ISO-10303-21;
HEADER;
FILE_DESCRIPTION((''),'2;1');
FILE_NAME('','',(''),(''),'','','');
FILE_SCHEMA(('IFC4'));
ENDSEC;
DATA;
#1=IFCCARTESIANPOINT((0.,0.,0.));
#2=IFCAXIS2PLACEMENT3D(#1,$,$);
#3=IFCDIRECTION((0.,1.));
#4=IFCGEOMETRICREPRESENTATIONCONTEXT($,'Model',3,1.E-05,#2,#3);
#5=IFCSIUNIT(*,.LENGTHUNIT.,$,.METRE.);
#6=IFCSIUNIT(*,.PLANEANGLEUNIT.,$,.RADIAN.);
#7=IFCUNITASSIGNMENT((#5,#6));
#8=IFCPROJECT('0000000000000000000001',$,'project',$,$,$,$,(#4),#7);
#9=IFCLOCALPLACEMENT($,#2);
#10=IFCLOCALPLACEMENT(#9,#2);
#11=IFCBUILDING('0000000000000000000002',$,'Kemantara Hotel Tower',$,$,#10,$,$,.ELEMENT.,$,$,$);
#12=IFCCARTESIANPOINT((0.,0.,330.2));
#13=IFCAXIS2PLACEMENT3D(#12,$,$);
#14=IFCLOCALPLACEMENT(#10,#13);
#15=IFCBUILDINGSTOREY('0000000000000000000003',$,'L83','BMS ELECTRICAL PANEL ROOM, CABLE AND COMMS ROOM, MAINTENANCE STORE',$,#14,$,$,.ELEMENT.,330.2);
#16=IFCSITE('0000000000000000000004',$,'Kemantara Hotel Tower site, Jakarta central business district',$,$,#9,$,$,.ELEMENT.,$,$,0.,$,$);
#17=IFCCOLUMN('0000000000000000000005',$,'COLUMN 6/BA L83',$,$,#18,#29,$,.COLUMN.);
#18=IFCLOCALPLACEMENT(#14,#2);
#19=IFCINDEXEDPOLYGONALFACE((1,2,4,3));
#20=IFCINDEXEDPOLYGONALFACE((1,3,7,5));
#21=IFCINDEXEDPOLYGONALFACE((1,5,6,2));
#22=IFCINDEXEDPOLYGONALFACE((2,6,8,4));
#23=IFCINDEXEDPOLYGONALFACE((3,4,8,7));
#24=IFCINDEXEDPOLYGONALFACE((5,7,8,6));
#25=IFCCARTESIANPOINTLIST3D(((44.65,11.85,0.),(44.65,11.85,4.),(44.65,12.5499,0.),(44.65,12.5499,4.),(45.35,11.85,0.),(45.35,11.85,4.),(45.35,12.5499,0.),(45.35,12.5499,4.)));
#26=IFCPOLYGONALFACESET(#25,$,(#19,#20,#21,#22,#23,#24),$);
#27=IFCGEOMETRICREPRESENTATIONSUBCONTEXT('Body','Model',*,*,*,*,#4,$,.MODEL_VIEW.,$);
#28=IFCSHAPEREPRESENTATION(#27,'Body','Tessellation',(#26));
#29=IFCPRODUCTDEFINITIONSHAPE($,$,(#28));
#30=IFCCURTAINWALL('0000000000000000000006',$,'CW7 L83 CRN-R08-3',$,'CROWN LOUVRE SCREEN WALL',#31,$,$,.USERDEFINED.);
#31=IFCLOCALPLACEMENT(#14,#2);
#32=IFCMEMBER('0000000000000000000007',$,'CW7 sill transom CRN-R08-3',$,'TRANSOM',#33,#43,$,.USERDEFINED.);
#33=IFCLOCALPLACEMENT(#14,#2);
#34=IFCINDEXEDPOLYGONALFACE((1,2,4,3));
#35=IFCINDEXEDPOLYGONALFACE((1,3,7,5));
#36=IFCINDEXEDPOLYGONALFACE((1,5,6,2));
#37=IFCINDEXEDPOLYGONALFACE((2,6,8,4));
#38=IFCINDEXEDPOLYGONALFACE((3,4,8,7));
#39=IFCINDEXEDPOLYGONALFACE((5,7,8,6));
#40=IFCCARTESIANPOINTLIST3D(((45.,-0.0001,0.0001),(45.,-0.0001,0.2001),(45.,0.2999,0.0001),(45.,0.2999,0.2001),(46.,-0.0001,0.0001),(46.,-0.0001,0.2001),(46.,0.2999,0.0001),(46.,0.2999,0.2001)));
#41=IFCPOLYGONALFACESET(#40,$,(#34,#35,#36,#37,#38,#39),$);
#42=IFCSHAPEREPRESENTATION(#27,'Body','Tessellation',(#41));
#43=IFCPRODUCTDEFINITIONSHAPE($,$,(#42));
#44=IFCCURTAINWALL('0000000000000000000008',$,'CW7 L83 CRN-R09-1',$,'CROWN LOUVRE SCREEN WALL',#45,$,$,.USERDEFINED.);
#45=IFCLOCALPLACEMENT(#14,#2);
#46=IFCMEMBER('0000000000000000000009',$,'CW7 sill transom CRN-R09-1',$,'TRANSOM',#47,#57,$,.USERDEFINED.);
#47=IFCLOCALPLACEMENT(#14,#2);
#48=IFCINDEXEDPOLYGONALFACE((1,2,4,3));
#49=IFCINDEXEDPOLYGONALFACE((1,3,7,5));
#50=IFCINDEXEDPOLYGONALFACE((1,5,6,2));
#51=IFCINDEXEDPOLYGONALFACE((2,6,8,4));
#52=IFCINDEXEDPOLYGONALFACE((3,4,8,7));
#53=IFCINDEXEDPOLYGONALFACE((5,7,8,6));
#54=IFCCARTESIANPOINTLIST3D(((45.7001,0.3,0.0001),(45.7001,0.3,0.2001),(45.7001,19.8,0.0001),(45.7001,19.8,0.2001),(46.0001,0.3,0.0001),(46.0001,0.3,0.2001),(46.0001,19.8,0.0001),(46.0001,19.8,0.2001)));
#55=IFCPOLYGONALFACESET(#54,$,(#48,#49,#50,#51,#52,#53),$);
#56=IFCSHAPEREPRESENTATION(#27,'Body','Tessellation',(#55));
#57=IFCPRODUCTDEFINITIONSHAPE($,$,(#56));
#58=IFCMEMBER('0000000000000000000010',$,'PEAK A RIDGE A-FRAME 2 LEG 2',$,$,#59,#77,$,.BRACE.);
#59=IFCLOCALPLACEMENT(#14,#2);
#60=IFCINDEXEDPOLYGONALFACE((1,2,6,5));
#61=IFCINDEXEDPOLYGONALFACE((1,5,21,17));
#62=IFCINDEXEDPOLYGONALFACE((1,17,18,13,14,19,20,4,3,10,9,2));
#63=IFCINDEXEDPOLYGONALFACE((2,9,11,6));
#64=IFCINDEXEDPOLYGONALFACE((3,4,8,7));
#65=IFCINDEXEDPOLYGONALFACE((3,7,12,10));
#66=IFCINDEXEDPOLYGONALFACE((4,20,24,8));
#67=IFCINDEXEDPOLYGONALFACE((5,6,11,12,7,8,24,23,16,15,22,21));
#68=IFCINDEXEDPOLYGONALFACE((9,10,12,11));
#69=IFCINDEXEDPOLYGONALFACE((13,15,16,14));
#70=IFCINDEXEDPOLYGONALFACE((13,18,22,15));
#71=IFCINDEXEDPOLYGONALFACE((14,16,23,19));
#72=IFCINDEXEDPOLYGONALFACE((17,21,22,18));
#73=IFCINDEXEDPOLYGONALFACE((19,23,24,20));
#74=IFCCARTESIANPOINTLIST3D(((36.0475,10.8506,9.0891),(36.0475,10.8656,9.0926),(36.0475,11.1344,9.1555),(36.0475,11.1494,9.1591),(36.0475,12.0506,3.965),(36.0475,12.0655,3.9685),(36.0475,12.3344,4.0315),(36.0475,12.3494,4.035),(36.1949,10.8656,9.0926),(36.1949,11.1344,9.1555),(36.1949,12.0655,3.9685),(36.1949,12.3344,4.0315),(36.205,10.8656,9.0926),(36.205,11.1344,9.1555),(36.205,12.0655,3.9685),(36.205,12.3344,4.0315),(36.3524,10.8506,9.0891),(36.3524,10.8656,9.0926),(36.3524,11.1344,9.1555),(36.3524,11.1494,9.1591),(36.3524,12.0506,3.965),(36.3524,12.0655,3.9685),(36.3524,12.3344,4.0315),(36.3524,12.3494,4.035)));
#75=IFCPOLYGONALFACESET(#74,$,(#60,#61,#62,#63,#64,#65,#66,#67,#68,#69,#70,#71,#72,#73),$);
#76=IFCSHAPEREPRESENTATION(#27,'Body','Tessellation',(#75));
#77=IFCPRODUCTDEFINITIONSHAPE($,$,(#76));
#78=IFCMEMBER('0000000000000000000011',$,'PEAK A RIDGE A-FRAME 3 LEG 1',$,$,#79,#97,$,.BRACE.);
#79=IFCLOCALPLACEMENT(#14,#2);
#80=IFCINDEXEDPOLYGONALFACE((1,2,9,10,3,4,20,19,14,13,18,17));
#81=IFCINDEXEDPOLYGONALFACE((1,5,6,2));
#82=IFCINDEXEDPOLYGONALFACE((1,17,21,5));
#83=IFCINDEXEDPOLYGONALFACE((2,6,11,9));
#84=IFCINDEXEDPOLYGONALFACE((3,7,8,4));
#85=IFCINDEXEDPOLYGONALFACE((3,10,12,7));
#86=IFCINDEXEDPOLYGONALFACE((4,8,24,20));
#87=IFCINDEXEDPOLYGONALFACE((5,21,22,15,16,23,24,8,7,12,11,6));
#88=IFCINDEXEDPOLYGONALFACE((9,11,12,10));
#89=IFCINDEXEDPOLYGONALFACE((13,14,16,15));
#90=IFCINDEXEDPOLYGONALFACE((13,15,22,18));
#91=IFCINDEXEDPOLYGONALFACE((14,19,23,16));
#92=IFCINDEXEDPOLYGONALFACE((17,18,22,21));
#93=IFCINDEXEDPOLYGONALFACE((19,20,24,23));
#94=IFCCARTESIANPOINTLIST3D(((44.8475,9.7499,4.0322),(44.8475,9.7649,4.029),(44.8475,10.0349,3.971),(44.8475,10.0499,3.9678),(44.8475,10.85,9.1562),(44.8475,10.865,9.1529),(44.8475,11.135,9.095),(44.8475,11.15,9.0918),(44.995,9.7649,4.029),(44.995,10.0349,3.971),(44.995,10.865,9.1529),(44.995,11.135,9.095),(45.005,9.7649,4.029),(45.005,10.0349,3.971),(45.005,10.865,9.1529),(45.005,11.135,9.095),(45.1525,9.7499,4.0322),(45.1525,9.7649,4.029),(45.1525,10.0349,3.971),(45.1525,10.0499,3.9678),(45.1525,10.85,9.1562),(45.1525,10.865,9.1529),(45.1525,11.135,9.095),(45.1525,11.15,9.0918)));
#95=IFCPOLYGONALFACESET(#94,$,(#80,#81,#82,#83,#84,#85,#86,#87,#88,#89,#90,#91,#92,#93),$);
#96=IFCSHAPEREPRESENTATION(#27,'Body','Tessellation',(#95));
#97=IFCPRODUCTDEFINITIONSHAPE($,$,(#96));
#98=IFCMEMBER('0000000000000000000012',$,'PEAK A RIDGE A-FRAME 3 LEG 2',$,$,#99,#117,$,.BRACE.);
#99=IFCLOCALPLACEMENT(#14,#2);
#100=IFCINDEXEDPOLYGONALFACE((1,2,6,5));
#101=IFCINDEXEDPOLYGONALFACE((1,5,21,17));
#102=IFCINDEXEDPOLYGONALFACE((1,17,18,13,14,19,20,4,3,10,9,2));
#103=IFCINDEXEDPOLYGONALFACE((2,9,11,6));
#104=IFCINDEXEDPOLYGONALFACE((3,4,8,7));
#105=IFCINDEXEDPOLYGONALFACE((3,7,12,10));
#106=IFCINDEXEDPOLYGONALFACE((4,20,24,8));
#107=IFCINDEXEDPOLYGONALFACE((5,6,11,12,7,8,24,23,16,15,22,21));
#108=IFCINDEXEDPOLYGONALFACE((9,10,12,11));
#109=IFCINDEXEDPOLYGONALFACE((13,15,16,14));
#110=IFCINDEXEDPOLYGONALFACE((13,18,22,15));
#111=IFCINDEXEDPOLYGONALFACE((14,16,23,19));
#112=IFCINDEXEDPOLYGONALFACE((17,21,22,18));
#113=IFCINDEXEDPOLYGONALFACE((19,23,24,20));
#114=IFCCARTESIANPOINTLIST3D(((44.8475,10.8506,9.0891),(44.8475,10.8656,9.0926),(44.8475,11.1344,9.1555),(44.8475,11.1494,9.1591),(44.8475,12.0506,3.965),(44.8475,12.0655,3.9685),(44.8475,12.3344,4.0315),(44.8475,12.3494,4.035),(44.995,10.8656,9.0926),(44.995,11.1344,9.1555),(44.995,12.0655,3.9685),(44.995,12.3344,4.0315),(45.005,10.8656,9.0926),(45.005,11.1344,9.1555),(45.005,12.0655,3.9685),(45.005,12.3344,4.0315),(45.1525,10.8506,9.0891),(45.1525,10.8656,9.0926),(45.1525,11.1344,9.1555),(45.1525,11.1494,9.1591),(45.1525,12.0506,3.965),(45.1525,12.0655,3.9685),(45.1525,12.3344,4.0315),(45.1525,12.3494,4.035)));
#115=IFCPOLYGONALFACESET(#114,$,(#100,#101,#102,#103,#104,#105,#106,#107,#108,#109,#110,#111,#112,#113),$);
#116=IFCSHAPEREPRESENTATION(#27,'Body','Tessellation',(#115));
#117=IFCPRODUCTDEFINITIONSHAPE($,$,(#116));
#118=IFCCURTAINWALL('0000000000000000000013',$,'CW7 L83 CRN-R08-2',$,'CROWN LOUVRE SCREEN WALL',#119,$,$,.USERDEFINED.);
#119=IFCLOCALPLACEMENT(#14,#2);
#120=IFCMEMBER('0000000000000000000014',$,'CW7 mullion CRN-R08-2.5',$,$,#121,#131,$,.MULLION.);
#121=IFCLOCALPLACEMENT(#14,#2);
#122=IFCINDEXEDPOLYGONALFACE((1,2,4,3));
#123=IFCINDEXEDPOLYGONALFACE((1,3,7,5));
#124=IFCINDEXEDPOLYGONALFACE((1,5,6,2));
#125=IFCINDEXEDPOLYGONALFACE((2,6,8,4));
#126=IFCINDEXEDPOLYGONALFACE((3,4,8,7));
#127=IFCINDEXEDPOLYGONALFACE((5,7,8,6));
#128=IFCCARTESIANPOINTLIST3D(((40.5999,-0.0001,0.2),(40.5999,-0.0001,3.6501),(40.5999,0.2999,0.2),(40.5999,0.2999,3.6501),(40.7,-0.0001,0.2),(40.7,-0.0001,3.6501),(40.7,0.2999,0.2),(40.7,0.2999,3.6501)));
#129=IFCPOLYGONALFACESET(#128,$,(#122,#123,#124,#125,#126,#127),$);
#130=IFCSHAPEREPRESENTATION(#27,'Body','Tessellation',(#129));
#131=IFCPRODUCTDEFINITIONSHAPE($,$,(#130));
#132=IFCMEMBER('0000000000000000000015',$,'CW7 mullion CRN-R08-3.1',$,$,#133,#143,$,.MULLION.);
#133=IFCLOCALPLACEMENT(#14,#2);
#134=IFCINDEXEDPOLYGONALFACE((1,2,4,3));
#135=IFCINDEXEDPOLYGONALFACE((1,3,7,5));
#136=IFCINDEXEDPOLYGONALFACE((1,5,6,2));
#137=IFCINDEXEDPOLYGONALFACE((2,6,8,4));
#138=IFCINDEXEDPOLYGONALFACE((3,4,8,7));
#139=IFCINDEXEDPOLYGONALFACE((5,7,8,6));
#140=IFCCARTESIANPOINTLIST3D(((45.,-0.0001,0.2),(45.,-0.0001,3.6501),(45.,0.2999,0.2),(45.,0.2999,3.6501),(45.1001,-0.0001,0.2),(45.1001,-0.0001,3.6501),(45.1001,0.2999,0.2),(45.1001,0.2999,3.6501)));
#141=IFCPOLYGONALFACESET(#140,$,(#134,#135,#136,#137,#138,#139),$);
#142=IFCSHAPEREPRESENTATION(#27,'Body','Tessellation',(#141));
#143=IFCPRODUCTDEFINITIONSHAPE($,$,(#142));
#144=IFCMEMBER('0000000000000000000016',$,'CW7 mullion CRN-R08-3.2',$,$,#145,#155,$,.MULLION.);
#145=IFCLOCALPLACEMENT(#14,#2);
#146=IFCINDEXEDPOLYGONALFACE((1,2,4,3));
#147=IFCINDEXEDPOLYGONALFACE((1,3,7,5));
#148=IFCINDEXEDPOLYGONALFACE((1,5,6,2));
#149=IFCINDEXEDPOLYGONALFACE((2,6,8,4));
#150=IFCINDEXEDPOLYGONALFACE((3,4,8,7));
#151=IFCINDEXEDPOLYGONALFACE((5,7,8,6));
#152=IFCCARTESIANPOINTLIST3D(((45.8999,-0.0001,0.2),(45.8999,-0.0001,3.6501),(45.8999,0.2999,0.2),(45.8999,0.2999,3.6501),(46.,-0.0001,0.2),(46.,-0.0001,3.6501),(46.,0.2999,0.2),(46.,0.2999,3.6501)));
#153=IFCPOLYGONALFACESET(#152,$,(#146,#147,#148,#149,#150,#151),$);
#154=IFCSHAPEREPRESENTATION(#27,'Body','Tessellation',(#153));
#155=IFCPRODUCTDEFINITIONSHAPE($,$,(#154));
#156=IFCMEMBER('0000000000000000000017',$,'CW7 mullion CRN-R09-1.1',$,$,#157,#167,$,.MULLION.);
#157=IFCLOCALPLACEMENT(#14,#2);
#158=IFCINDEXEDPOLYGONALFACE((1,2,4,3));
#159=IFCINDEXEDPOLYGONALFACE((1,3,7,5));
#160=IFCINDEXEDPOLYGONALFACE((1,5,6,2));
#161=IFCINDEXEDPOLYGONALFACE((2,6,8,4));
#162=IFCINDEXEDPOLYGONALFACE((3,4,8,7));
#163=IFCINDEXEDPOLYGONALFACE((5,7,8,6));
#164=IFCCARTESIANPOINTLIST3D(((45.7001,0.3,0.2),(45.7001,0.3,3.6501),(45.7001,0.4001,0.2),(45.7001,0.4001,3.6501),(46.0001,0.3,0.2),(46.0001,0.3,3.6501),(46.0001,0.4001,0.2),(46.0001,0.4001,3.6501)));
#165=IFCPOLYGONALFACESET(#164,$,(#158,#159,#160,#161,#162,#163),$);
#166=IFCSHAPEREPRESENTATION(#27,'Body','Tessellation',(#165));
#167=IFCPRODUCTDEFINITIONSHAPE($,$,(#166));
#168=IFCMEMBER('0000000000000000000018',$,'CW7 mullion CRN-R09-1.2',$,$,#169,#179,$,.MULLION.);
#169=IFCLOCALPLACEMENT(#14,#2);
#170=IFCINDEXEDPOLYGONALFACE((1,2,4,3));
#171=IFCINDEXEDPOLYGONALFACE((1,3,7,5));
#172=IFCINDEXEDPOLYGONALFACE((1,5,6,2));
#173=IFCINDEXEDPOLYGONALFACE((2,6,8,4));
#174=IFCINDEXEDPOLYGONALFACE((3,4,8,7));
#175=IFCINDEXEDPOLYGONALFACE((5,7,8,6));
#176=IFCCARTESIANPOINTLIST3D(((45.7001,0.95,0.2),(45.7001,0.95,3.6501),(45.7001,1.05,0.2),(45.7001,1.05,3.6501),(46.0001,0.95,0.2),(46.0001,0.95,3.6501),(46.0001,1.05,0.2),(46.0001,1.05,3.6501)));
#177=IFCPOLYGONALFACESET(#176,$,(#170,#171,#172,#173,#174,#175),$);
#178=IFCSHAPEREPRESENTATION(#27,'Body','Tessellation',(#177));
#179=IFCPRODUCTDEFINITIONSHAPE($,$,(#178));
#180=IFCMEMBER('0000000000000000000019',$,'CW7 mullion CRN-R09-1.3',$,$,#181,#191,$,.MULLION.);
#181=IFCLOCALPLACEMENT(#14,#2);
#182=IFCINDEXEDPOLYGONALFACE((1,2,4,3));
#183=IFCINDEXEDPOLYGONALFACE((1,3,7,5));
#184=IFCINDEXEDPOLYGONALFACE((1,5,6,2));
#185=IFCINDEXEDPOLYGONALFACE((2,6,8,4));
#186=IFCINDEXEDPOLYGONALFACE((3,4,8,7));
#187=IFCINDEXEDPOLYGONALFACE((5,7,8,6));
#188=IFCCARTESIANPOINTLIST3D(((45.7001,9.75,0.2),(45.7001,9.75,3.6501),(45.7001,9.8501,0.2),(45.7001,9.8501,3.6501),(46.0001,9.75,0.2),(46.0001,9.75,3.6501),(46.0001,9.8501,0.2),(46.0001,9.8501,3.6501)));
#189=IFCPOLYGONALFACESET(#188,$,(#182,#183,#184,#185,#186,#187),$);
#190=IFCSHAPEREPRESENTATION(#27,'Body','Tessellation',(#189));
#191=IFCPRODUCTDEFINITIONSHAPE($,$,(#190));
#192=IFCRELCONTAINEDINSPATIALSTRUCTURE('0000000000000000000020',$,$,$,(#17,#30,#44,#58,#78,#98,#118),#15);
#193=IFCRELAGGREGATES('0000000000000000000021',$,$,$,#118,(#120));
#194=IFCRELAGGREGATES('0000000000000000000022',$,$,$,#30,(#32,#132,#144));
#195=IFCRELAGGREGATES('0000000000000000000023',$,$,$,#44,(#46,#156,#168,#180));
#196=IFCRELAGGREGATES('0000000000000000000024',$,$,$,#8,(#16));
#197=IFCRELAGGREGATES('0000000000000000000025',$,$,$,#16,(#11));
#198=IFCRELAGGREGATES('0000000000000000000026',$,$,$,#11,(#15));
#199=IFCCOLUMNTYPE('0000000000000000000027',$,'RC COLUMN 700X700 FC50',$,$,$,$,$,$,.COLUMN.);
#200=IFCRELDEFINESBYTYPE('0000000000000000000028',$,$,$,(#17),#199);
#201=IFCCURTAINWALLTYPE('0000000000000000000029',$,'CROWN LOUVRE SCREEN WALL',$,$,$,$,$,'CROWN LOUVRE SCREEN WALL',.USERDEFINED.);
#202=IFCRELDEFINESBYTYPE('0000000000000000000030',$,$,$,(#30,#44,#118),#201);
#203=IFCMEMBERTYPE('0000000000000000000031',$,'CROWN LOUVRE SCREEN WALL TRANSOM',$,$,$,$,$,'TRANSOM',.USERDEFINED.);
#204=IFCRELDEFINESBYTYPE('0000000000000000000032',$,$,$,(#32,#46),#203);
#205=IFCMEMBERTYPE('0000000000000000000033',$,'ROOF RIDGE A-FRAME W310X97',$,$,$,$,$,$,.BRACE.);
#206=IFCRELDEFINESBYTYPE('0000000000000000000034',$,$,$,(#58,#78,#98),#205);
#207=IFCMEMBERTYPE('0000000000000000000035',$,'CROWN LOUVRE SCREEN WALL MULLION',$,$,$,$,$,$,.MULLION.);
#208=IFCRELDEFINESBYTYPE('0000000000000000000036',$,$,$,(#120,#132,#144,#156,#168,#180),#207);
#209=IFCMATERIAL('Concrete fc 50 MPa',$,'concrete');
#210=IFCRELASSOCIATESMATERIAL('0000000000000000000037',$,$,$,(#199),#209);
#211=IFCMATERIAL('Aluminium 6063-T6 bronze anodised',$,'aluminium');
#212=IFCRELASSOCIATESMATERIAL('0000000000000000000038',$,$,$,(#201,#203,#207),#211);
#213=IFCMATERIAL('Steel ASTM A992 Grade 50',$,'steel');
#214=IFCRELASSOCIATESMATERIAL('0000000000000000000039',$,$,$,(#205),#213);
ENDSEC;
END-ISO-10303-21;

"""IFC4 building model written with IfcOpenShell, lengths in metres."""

from ifc_helpers import new_model, si_unit, direction, frame, origin, origin_2d, place, context, subcontext, project, spatial, rectangle, i_section, extrude, source, transform, mapped, material, material_profile, profile_set, type_object, element, aggregate, save


model = new_model("IFC4")

# Units and contexts
model_context = context("Model", 3, precision=1e-05, world=origin(), true_north=direction((0.0, 1.0)))
body_context = subcontext(model_context, "Body", "Model", "MODEL_VIEW")
ifc_project = project(units=[si_unit("LENGTHUNIT", "METRE"), si_unit("PLANEANGLEUNIT", "RADIAN")], contexts=[model_context])

# Site, building, storey
site_placement = place(None, origin())
site = spatial("IfcSite", under=ifc_project, at=site_placement, Name="Kemantara Hotel Tower site, Jakarta central business district", CompositionType="ELEMENT", RefElevation=0.0)
building_placement = place(site_placement, origin())
building = spatial("IfcBuilding", under=site, at=building_placement, Name="Kemantara Hotel Tower", CompositionType="ELEMENT")
storey_placement = place(building_placement, frame((0.0, 0.0, 330.2)))
storey = spatial("IfcBuildingStorey", under=building, at=storey_placement, Name="L83", Description="BMS ELECTRICAL PANEL ROOM, CABLE AND COMMS ROOM, MAINTENANCE STORE", CompositionType="ELEMENT", Elevation=330.2)

# Column
ifc_material_1 = material(Name="Concrete fc 50 MPa", Category="concrete")
ifc_material_profile_1 = material_profile(ifc_material_1, rectangle(XDim=0.7, YDim=0.7, at=origin_2d()), Name="RC 700X700")
ifc_profile_set_1 = profile_set([ifc_material_profile_1], Name="Concrete fc 50 MPa")
column_type = type_object("IfcColumnType", Name="RC COLUMN 700X700 FC50", PredefinedType="COLUMN", material=ifc_profile_set_1)
column_placement = place(storey_placement, frame((45.0, 12.2, 0.0), z_axis=(0.0, 0.0, 1.0), x_axis=(1.0, 0.0, 0.0)))
element("IfcColumn", 1, at=column_placement, inside=storey, type_object=column_type, Name="COLUMN 6/BA L83", PredefinedType="COLUMN", context=body_context, shape_type="SweptSolid", body=[
    extrude(rectangle(XDim=0.7, YDim=0.7, at=origin_2d()), origin(), (0.0, 0.0, 1.0), 4.0),
])

# Curtain walls, members
ifc_material_2 = material(Name="Aluminium 6063-T6 bronze anodised", Category="aluminium")
curtain_wall_type = type_object("IfcCurtainWallType", Name="CROWN LOUVRE SCREEN WALL", ElementType="CROWN LOUVRE SCREEN WALL", PredefinedType="USERDEFINED", material=ifc_material_2)
curtain_wall_1_placement = place(storey_placement, origin())
curtain_wall_1 = element("IfcCurtainWall", 2, at=curtain_wall_1_placement, inside=storey, type_object=curtain_wall_type, Name="CW7 L83 CRN-R08-3", ObjectType="CROWN LOUVRE SCREEN WALL", PredefinedType="USERDEFINED")
ifc_material_profile_2 = material_profile(ifc_material_2, rectangle(XDim=0.3, YDim=0.2, at=origin_2d()), Name="CROWN LOUVRE SCREEN WALL TRANSOM")
ifc_profile_set_2 = profile_set([ifc_material_profile_2], Name="Aluminium 6063-T6 bronze anodised")
member_type_1 = type_object("IfcMemberType", Name="CROWN LOUVRE SCREEN WALL TRANSOM", ElementType="TRANSOM", PredefinedType="USERDEFINED", material=ifc_profile_set_2)
member_1_placement = place(storey_placement, frame((45.0, 0.1499, 0.1001), z_axis=(1.0, 0.0, 0.0), x_axis=(0.0, 1.0, 0.0)))
member_1 = element("IfcMember", 3, at=member_1_placement, type_object=member_type_1, Name="CW7 sill transom CRN-R08-3", ObjectType="TRANSOM", PredefinedType="USERDEFINED", context=body_context, shape_type="SweptSolid", body=[
    extrude(rectangle(XDim=0.3, YDim=0.2, at=origin_2d()), origin(), (0.0, 0.0, 1.0), 1.0),
])
curtain_wall_2_placement = place(storey_placement, origin())
curtain_wall_2 = element("IfcCurtainWall", 4, at=curtain_wall_2_placement, inside=storey, type_object=curtain_wall_type, Name="CW7 L83 CRN-R09-1", ObjectType="CROWN LOUVRE SCREEN WALL", PredefinedType="USERDEFINED")
member_2_placement = place(storey_placement, frame((45.8501, 0.3, 0.1001), z_axis=(0.0, 1.0, 0.0), x_axis=(-1.0, 0.0, 0.0)))
member_2 = element("IfcMember", 5, at=member_2_placement, type_object=member_type_1, Name="CW7 sill transom CRN-R09-1", ObjectType="TRANSOM", PredefinedType="USERDEFINED", context=body_context, shape_type="SweptSolid", body=[
    extrude(rectangle(XDim=0.3, YDim=0.2, at=origin_2d()), origin(), (0.0, 0.0, 1.0), 19.5),
])

# Members
ifc_material_3 = material(Name="Steel ASTM A992 Grade 50", Category="steel")
ifc_material_profile_3 = material_profile(ifc_material_3, i_section(OverallWidth=0.3049, OverallDepth=0.3069, WebThickness=0.01, FlangeThickness=0.0154, at=origin_2d()), Name="W310X97")
ifc_profile_set_3 = profile_set([ifc_material_profile_3], Name="Steel ASTM A992 Grade 50")
member_type_2 = type_object("IfcMemberType", Name="ROOF RIDGE A-FRAME W310X97", PredefinedType="BRACE", material=ifc_profile_set_3)
member_3_placement = place(storey_placement, frame((36.2, 12.2, 4.0), z_axis=(0.0, -0.228013, 0.973658), x_axis=(1.0, 0.0, 0.0)))
element("IfcMember", 6, at=member_3_placement, inside=storey, type_object=member_type_2, Name="PEAK A RIDGE A-FRAME 2 LEG 2", PredefinedType="BRACE", context=body_context, shape_type="SweptSolid", body=[
    extrude(i_section(OverallWidth=0.3049, OverallDepth=0.3069, WebThickness=0.01, FlangeThickness=0.0154, at=origin_2d()), origin(), (0.0, 0.0, 1.0), 5.2627),
])
member_4_placement = place(storey_placement, frame((45.0, 9.8999, 4.0), z_axis=(0.0, 0.209911, 0.977721), x_axis=(-1.0, 0.0, 0.0)))
element("IfcMember", 7, at=member_4_placement, inside=storey, type_object=member_type_2, Name="PEAK A RIDGE A-FRAME 3 LEG 1", PredefinedType="BRACE", context=body_context, shape_type="SweptSolid", body=[
    extrude(i_section(OverallWidth=0.3049, OverallDepth=0.3069, WebThickness=0.01, FlangeThickness=0.0154, at=origin_2d()), origin(), (0.0, 0.0, 1.0), 5.2407),
])
member_5_placement = place(storey_placement, frame((45.0, 12.2, 4.0), z_axis=(0.0, -0.228013, 0.973658), x_axis=(1.0, 0.0, 0.0)))
element("IfcMember", 8, at=member_5_placement, inside=storey, type_object=member_type_2, Name="PEAK A RIDGE A-FRAME 3 LEG 2", PredefinedType="BRACE", context=body_context, shape_type="SweptSolid", body=[
    extrude(i_section(OverallWidth=0.3049, OverallDepth=0.3069, WebThickness=0.01, FlangeThickness=0.0154, at=origin_2d()), origin(), (0.0, 0.0, 1.0), 5.2627),
])

# Curtain wall, member
curtain_wall_3_placement = place(storey_placement, origin())
curtain_wall_3 = element("IfcCurtainWall", 9, at=curtain_wall_3_placement, inside=storey, type_object=curtain_wall_type, Name="CW7 L83 CRN-R08-2", ObjectType="CROWN LOUVRE SCREEN WALL", PredefinedType="USERDEFINED")
ifc_material_profile_4 = material_profile(ifc_material_2, rectangle(XDim=0.3, YDim=0.1001, at=origin_2d()), Name="CROWN LOUVRE SCREEN WALL MULLION")
ifc_profile_set_4 = profile_set([ifc_material_profile_4], Name="Aluminium 6063-T6 bronze anodised")
member_type_3 = type_object("IfcMemberType", Name="CROWN LOUVRE SCREEN WALL MULLION", PredefinedType="MULLION", material=ifc_profile_set_4)
shared_shape_1 = source(origin(), body_context, "Body", "SweptSolid", [
    extrude(rectangle(XDim=0.3, YDim=0.1001, at=origin_2d()), origin(), (0.0, 0.0, 1.0), 3.4502),
])
member_6_placement = place(storey_placement, frame((40.6499, 0.1499, 0.2), z_axis=(0.0, 0.0, 1.0), x_axis=(0.0, 1.0, 0.0)))
member_6 = element("IfcMember", 10, at=member_6_placement, type_object=member_type_3, Name="CW7 mullion CRN-R08-2.5", PredefinedType="MULLION", context=body_context, shape_type="MappedRepresentation", body=[
    mapped(shared_shape_1, transform((0.0, 0.0, 0.0))),
])

# Members
member_7_placement = place(storey_placement, frame((45.05, 0.1499, 0.2), z_axis=(0.0, 0.0, 1.0), x_axis=(0.0, 1.0, 0.0)))
member_7 = element("IfcMember", 11, at=member_7_placement, type_object=member_type_3, Name="CW7 mullion CRN-R08-3.1", PredefinedType="MULLION", context=body_context, shape_type="MappedRepresentation", body=[
    mapped(shared_shape_1, transform((0.0, 0.0, 0.0))),
])
member_8_placement = place(storey_placement, frame((45.95, 0.1499, 0.2), z_axis=(0.0, 0.0, 1.0), x_axis=(0.0, 1.0, 0.0)))
member_8 = element("IfcMember", 12, at=member_8_placement, type_object=member_type_3, Name="CW7 mullion CRN-R08-3.2", PredefinedType="MULLION", context=body_context, shape_type="MappedRepresentation", body=[
    mapped(shared_shape_1, transform((0.0, 0.0, 0.0))),
])
member_9_placement = place(storey_placement, frame((45.8501, 0.3501, 0.2), z_axis=(0.0, 0.0, 1.0), x_axis=(-1.0, 0.0, 0.0)))
member_9 = element("IfcMember", 13, at=member_9_placement, type_object=member_type_3, Name="CW7 mullion CRN-R09-1.1", PredefinedType="MULLION", context=body_context, shape_type="MappedRepresentation", body=[
    mapped(shared_shape_1, transform((0.0, 0.0, 0.0))),
])
member_10_placement = place(storey_placement, frame((45.8501, 1.0, 0.2), z_axis=(0.0, 0.0, 1.0), x_axis=(-1.0, 0.0, 0.0)))
member_10 = element("IfcMember", 14, at=member_10_placement, type_object=member_type_3, Name="CW7 mullion CRN-R09-1.2", PredefinedType="MULLION", context=body_context, shape_type="MappedRepresentation", body=[
    mapped(shared_shape_1, transform((0.0, 0.0, 0.0))),
])
member_11_placement = place(storey_placement, frame((45.8501, 9.8, 0.2), z_axis=(0.0, 0.0, 1.0), x_axis=(-1.0, 0.0, 0.0)))
member_11 = element("IfcMember", 15, at=member_11_placement, type_object=member_type_3, Name="CW7 mullion CRN-R09-1.3", PredefinedType="MULLION", context=body_context, shape_type="MappedRepresentation", body=[
    mapped(shared_shape_1, transform((0.0, 0.0, 0.0))),
])

aggregate(curtain_wall_3, [member_6])
aggregate(curtain_wall_1, [member_1, member_7, member_8])
aggregate(curtain_wall_2, [member_2, member_9, member_10, member_11])

save(model, "model.ifc")
